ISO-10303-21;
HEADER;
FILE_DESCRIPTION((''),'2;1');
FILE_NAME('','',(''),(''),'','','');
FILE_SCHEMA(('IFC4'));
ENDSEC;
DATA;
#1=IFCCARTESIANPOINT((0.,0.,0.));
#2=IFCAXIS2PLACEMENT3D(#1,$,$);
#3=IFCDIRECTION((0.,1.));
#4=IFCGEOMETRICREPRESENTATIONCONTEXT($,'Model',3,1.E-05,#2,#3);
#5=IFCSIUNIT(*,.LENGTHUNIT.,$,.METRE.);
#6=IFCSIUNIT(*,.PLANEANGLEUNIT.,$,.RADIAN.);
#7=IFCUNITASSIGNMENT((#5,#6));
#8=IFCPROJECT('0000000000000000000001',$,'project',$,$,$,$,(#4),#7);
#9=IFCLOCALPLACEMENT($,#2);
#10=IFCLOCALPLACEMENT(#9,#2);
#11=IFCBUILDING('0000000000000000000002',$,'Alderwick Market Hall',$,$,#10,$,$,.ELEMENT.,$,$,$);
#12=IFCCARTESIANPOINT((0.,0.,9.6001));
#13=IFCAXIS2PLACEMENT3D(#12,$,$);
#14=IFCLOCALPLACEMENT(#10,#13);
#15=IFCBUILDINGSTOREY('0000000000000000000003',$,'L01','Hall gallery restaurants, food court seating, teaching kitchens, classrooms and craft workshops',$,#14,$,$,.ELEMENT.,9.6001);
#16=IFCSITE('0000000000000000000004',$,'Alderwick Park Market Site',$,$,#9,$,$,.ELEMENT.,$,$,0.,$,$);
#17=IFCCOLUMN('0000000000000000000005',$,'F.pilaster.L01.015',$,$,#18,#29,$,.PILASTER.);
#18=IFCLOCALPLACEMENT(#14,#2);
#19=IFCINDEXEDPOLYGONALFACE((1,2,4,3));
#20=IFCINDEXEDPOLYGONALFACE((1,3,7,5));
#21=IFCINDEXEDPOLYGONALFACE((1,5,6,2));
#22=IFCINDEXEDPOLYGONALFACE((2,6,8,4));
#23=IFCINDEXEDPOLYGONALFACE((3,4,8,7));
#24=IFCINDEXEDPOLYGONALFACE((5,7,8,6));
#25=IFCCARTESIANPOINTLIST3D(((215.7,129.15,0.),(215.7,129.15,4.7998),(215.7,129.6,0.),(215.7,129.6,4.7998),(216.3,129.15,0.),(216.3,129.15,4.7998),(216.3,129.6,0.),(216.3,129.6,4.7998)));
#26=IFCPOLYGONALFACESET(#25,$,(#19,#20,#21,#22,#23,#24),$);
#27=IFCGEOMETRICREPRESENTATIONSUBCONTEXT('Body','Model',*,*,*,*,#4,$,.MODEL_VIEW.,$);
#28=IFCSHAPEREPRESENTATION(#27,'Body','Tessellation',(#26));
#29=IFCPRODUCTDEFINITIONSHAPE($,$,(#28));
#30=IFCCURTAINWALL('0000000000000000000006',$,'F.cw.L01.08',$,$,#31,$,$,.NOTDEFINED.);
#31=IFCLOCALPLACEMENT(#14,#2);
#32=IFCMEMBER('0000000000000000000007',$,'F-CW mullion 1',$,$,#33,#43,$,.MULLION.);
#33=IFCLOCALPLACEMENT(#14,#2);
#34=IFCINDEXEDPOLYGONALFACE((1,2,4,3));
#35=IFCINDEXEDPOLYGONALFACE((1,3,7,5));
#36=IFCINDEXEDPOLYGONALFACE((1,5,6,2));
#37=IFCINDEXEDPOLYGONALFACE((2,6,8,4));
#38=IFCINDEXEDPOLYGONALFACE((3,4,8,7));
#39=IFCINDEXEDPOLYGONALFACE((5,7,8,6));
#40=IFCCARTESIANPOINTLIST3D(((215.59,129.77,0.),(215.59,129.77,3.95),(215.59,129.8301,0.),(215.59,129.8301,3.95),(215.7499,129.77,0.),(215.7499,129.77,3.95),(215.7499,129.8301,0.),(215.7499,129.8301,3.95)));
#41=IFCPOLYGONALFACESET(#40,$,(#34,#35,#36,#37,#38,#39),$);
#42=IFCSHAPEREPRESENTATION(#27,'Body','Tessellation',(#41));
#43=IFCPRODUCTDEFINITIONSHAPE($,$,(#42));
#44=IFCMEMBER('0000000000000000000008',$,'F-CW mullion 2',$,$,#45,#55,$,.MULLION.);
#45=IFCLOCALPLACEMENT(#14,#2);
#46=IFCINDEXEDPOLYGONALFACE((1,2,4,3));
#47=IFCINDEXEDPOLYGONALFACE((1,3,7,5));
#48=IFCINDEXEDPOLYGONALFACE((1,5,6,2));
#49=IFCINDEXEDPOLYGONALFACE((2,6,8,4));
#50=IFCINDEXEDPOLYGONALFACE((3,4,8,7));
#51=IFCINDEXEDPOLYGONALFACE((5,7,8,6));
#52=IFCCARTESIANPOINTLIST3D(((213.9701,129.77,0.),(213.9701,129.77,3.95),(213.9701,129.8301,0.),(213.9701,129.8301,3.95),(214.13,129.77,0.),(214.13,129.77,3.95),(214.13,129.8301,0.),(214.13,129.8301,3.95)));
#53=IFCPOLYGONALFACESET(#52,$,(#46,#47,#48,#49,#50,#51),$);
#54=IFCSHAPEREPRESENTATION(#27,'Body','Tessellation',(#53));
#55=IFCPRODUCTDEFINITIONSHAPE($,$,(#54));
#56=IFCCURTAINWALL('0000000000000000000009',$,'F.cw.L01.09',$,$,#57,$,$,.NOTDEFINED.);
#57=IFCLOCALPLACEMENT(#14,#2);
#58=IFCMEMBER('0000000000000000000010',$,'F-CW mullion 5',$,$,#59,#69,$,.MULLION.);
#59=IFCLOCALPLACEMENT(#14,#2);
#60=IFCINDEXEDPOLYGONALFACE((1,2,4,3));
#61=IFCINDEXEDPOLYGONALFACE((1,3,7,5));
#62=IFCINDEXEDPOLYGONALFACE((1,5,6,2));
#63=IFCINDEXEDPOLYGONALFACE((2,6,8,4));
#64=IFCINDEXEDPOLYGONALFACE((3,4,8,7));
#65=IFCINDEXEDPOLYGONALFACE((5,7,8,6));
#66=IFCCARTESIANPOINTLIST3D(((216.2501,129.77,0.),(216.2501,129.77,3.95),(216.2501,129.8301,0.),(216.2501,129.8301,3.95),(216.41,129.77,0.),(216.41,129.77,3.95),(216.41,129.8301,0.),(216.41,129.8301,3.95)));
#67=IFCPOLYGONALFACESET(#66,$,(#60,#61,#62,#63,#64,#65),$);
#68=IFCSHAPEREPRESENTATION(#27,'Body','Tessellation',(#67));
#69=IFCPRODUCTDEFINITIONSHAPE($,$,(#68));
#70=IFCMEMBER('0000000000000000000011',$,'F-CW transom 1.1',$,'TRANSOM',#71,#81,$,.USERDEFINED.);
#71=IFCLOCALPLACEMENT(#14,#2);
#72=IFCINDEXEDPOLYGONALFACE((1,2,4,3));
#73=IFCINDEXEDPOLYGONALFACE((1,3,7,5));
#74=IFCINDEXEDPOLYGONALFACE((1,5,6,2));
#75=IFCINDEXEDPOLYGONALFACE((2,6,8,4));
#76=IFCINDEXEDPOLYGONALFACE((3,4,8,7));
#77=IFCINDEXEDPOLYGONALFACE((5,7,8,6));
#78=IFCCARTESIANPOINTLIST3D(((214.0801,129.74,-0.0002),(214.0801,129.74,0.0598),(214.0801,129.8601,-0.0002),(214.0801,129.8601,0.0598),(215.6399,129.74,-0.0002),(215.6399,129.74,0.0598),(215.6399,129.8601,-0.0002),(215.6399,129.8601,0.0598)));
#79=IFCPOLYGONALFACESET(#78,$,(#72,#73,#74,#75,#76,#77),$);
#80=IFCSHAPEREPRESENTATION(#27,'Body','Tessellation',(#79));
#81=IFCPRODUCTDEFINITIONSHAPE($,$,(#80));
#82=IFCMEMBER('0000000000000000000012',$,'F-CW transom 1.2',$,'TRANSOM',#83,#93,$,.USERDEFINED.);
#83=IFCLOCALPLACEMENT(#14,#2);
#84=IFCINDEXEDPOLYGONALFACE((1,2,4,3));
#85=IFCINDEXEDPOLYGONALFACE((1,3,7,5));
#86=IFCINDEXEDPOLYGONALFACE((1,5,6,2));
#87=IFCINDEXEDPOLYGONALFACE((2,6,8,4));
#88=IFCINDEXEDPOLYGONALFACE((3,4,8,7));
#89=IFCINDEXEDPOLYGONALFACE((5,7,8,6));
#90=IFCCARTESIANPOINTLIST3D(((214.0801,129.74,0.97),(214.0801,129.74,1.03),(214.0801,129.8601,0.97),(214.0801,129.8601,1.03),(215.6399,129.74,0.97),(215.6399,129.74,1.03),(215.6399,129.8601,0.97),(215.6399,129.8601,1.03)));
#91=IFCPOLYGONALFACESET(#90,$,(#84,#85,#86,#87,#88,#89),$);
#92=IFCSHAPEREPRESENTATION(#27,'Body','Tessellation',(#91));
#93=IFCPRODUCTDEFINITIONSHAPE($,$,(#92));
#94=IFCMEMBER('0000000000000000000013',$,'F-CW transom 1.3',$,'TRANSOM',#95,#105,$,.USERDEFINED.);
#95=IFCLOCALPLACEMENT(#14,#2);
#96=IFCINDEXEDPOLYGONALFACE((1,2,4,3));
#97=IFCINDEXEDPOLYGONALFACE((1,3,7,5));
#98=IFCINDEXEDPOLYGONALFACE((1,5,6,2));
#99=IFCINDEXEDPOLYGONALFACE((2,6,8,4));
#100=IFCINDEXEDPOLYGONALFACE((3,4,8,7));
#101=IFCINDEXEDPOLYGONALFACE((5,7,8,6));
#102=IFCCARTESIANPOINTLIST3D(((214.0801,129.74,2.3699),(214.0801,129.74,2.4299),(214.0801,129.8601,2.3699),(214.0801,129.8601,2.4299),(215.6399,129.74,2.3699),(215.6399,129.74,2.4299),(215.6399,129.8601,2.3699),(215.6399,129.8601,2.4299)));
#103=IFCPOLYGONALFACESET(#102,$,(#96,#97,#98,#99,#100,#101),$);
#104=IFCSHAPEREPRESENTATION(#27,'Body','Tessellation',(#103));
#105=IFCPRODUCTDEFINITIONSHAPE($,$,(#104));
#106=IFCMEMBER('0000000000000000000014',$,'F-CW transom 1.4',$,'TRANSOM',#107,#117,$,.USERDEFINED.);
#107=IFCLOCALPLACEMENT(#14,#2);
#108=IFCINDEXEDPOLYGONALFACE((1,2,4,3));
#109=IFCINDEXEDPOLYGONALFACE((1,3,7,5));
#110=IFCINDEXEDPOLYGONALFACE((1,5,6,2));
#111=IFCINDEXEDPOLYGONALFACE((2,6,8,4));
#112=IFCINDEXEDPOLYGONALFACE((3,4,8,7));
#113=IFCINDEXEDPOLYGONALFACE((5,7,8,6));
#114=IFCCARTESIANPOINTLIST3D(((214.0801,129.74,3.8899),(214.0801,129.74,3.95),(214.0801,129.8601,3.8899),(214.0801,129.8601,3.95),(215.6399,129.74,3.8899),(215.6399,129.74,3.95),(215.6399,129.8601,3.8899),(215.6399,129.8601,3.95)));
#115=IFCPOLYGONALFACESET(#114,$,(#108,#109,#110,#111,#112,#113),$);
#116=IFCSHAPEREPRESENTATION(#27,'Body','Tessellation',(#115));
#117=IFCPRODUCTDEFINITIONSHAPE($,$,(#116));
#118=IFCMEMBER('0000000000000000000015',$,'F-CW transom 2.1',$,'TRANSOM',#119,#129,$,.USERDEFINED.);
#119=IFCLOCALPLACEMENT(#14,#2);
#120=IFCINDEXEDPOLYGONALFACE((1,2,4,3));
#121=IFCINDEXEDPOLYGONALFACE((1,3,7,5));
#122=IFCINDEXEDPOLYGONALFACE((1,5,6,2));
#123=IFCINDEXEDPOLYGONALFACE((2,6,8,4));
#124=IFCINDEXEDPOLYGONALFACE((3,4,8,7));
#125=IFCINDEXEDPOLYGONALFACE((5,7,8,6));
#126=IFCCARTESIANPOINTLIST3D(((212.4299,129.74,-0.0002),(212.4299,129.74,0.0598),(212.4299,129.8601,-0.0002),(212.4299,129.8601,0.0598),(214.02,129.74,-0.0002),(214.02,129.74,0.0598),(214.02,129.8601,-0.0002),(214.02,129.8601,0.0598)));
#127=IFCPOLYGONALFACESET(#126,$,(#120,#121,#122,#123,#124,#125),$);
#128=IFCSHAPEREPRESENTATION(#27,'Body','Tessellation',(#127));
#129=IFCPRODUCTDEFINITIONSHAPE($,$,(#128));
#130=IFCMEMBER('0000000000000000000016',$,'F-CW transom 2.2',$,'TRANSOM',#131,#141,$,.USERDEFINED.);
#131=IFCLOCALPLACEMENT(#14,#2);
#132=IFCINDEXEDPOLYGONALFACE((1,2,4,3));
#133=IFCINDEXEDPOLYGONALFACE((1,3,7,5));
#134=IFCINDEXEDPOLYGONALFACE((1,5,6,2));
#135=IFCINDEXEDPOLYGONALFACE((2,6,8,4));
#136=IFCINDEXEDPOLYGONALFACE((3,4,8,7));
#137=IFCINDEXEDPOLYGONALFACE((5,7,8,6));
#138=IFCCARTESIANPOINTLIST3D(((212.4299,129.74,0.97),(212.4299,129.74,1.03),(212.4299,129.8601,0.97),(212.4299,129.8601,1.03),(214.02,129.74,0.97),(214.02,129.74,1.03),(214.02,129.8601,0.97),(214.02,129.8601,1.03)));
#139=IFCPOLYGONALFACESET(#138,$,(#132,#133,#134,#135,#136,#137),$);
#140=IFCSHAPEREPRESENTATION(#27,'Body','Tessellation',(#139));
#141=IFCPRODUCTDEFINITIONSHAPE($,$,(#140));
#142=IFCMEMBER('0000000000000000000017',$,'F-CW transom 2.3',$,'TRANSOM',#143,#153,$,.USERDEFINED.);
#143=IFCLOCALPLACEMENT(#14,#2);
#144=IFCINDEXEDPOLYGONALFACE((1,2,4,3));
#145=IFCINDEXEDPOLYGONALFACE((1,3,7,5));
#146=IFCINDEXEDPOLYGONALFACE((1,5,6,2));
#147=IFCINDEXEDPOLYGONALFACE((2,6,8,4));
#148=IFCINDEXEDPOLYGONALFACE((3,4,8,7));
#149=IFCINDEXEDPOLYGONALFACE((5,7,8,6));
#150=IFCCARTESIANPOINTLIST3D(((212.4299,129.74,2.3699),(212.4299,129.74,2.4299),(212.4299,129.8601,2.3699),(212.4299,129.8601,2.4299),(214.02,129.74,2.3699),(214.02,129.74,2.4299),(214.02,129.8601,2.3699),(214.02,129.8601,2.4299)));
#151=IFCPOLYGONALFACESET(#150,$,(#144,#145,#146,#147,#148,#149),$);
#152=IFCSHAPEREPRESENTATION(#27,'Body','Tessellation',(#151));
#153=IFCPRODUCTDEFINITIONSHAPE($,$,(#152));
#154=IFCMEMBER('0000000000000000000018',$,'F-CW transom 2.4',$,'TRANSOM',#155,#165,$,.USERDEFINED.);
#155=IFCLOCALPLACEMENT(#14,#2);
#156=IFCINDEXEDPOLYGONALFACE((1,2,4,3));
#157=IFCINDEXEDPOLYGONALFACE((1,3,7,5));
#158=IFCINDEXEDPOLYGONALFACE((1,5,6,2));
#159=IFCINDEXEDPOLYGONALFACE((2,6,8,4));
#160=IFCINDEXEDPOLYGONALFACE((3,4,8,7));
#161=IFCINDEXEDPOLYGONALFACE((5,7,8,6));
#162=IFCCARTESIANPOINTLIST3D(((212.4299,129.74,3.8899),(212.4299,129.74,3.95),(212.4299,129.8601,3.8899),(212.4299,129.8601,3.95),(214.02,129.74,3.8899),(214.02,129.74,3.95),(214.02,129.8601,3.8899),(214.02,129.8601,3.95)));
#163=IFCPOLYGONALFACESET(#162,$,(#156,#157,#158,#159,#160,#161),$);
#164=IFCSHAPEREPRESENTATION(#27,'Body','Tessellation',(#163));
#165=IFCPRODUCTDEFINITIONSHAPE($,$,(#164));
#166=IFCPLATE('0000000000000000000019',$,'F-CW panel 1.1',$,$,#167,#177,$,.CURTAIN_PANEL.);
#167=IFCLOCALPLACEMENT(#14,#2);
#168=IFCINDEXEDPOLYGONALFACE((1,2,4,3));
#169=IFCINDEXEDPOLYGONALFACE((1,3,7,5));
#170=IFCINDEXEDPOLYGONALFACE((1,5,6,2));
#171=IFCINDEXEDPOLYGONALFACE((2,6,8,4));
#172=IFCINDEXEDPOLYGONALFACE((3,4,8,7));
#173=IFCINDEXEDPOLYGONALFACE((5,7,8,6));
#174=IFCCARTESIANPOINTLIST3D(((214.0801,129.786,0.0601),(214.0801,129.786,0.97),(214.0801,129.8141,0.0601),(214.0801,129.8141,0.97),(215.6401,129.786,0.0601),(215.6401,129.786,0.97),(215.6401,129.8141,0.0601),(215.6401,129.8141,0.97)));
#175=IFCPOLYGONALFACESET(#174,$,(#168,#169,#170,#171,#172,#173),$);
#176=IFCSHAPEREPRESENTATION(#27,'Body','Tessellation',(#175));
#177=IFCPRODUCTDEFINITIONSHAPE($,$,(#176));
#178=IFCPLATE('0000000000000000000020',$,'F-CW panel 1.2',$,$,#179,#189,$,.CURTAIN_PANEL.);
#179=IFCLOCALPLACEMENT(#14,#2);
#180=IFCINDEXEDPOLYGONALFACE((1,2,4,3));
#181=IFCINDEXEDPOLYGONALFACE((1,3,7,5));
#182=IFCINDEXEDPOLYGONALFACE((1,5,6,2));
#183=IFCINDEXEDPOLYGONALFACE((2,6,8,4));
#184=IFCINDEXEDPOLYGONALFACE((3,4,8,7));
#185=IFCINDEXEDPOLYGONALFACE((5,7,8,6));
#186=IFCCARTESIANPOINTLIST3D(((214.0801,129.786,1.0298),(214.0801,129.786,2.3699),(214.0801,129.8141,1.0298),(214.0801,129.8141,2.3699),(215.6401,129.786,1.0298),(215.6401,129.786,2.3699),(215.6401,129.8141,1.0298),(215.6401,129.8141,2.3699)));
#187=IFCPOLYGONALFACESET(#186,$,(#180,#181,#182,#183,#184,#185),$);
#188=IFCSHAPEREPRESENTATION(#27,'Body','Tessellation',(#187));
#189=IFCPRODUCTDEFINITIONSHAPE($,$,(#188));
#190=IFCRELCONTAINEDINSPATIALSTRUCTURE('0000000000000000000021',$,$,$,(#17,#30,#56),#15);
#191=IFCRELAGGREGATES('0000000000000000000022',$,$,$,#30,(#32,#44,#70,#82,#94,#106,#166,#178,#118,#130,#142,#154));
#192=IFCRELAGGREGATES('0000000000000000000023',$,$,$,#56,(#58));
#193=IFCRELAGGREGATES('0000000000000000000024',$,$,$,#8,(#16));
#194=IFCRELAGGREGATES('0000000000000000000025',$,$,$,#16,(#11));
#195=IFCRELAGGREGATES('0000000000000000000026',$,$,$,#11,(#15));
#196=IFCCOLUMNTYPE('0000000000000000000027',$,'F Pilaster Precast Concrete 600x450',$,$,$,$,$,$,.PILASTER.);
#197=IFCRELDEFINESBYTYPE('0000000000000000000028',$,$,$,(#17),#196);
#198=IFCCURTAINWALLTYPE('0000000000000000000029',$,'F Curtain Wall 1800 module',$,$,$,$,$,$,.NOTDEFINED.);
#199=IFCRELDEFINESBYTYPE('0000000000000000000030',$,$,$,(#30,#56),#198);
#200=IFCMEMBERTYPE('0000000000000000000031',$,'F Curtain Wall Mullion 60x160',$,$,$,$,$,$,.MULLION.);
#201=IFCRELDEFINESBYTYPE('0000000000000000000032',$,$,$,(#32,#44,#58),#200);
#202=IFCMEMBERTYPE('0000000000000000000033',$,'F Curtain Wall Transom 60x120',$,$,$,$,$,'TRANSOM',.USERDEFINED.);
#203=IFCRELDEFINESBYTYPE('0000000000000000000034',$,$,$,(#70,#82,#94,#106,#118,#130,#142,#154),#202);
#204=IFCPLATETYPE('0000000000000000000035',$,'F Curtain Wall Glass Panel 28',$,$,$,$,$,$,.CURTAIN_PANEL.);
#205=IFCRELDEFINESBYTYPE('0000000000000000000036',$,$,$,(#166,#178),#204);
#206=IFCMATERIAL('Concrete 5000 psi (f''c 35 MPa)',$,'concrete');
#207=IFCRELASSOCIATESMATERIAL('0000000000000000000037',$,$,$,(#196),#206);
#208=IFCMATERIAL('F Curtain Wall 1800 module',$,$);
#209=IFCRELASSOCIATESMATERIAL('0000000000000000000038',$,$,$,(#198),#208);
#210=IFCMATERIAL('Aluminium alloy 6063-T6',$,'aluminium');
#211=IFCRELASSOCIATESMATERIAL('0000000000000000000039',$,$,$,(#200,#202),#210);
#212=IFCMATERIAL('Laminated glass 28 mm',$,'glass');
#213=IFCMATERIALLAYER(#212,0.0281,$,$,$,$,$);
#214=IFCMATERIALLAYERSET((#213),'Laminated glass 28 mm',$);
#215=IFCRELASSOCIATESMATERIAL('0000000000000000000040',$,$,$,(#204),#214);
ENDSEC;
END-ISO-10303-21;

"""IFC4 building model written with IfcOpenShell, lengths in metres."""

from ifc_helpers import new_model, si_unit, direction, frame, origin, origin_2d, place, context, subcontext, project, spatial, rectangle, extrude, material, layer, layer_set, material_profile, profile_set, type_object, element, aggregate, save


model = new_model("IFC4")

# Units and contexts
model_context = context("Model", 3, precision=1e-05, world=origin(), true_north=direction((0.0, 1.0)))
body_context = subcontext(model_context, "Body", "Model", "MODEL_VIEW")
ifc_project = project(units=[si_unit("LENGTHUNIT", "METRE"), si_unit("PLANEANGLEUNIT", "RADIAN")], contexts=[model_context])

# Site, building, storey
site_placement = place(None, origin())
site = spatial("IfcSite", under=ifc_project, at=site_placement, Name="Alderwick Park Market Site", CompositionType="ELEMENT", RefElevation=0.0)
building_placement = place(site_placement, origin())
building = spatial("IfcBuilding", under=site, at=building_placement, Name="Alderwick Market Hall", CompositionType="ELEMENT")
storey_placement = place(building_placement, frame((0.0, 0.0, 9.6001)))
storey = spatial("IfcBuildingStorey", under=building, at=storey_placement, Name="L01", Description="Hall gallery restaurants, food court seating, teaching kitchens, classrooms and craft workshops", CompositionType="ELEMENT", Elevation=9.6001)

# Column
ifc_material_1 = material(Name="Concrete 5000 psi (f'c 35 MPa)", Category="concrete")
ifc_material_profile_1 = material_profile(ifc_material_1, rectangle(XDim=0.6001, YDim=0.45, at=origin_2d()), Name="PC 600x450")
ifc_profile_set_1 = profile_set([ifc_material_profile_1], Name="Concrete 5000 psi (f'c 35 MPa)")
column_type = type_object("IfcColumnType", Name="F Pilaster Precast Concrete 600x450", PredefinedType="PILASTER", material=ifc_profile_set_1)
column_placement = place(storey_placement, frame((216.0, 129.375, 0.0), z_axis=(0.0, 0.0, 1.0), x_axis=(1.0, 0.0, 0.0)))
element("IfcColumn", 1, at=column_placement, inside=storey, type_object=column_type, Name="F.pilaster.L01.015", PredefinedType="PILASTER", context=body_context, shape_type="SweptSolid", body=[
    extrude(rectangle(XDim=0.6001, YDim=0.45, at=origin_2d()), origin(), (0.0, 0.0, 1.0), 4.7998),
])

# Curtain wall, members
ifc_material_2 = material(Name="F Curtain Wall 1800 module")
curtain_wall_type = type_object("IfcCurtainWallType", Name="F Curtain Wall 1800 module", PredefinedType="NOTDEFINED", material=ifc_material_2)
curtain_wall_1_placement = place(storey_placement, origin())
curtain_wall_1 = element("IfcCurtainWall", 2, at=curtain_wall_1_placement, inside=storey, type_object=curtain_wall_type, Name="F.cw.L01.08", PredefinedType="NOTDEFINED")
ifc_material_3 = material(Name="Aluminium alloy 6063-T6", Category="aluminium")
ifc_material_profile_2 = material_profile(ifc_material_3, rectangle(XDim=0.0601, YDim=0.1599, at=origin_2d()), Name="AL 60x160")
ifc_profile_set_2 = profile_set([ifc_material_profile_2], Name="Aluminium alloy 6063-T6")
member_type_1 = type_object("IfcMemberType", Name="F Curtain Wall Mullion 60x160", PredefinedType="MULLION", material=ifc_profile_set_2)
member_1_placement = place(storey_placement, frame((215.6699, 129.8, 0.0), z_axis=(0.0, 0.0, 1.0), x_axis=(0.0, -1.0, 0.0)))
member_1 = element("IfcMember", 3, at=member_1_placement, type_object=member_type_1, Name="F-CW mullion 1", PredefinedType="MULLION", context=body_context, shape_type="SweptSolid", body=[
    extrude(rectangle(XDim=0.0601, YDim=0.1599, at=origin_2d()), origin(), (0.0, 0.0, 1.0), 3.95),
])
member_2_placement = place(storey_placement, frame((214.05, 129.8, 0.0), z_axis=(0.0, 0.0, 1.0), x_axis=(0.0, -1.0, 0.0)))
member_2 = element("IfcMember", 4, at=member_2_placement, type_object=member_type_1, Name="F-CW mullion 2", PredefinedType="MULLION", context=body_context, shape_type="SweptSolid", body=[
    extrude(rectangle(XDim=0.0601, YDim=0.1599, at=origin_2d()), origin(), (0.0, 0.0, 1.0), 3.95),
])

# Curtain wall, member
curtain_wall_2_placement = place(storey_placement, origin())
curtain_wall_2 = element("IfcCurtainWall", 5, at=curtain_wall_2_placement, inside=storey, type_object=curtain_wall_type, Name="F.cw.L01.09", PredefinedType="NOTDEFINED")
member_3_placement = place(storey_placement, frame((216.3301, 129.8, 0.0), z_axis=(0.0, 0.0, 1.0), x_axis=(0.0, -1.0, 0.0)))
member_3 = element("IfcMember", 6, at=member_3_placement, type_object=member_type_1, Name="F-CW mullion 5", PredefinedType="MULLION", context=body_context, shape_type="SweptSolid", body=[
    extrude(rectangle(XDim=0.0601, YDim=0.1599, at=origin_2d()), origin(), (0.0, 0.0, 1.0), 3.95),
])

# Members
ifc_material_profile_3 = material_profile(ifc_material_3, rectangle(XDim=0.1201, YDim=0.0601, at=origin_2d()), Name="AL 60x120")
ifc_profile_set_3 = profile_set([ifc_material_profile_3], Name="Aluminium alloy 6063-T6")
member_type_2 = type_object("IfcMemberType", Name="F Curtain Wall Transom 60x120", ElementType="TRANSOM", PredefinedType="USERDEFINED", material=ifc_profile_set_3)
member_4_placement = place(storey_placement, frame((215.6399, 129.8, 0.0298), z_axis=(-1.0, 0.0, 0.0), x_axis=(0.0, -1.0, 0.0)))
member_4 = element("IfcMember", 7, at=member_4_placement, type_object=member_type_2, Name="F-CW transom 1.1", ObjectType="TRANSOM", PredefinedType="USERDEFINED", context=body_context, shape_type="SweptSolid", body=[
    extrude(rectangle(XDim=0.1201, YDim=0.0601, at=origin_2d()), origin(), (0.0, 0.0, 1.0), 1.5598),
])
member_5_placement = place(storey_placement, frame((215.6399, 129.8, 1.0), z_axis=(-1.0, 0.0, 0.0), x_axis=(0.0, -1.0, 0.0)))
member_5 = element("IfcMember", 8, at=member_5_placement, type_object=member_type_2, Name="F-CW transom 1.2", ObjectType="TRANSOM", PredefinedType="USERDEFINED", context=body_context, shape_type="SweptSolid", body=[
    extrude(rectangle(XDim=0.1201, YDim=0.0601, at=origin_2d()), origin(), (0.0, 0.0, 1.0), 1.5598),
])
member_6_placement = place(storey_placement, frame((215.6399, 129.8, 2.3999), z_axis=(-1.0, 0.0, 0.0), x_axis=(0.0, -1.0, 0.0)))
member_6 = element("IfcMember", 9, at=member_6_placement, type_object=member_type_2, Name="F-CW transom 1.3", ObjectType="TRANSOM", PredefinedType="USERDEFINED", context=body_context, shape_type="SweptSolid", body=[
    extrude(rectangle(XDim=0.1201, YDim=0.0601, at=origin_2d()), origin(), (0.0, 0.0, 1.0), 1.5598),
])
member_7_placement = place(storey_placement, frame((215.6399, 129.8, 3.9199), z_axis=(-1.0, 0.0, 0.0), x_axis=(0.0, -1.0, 0.0)))
member_7 = element("IfcMember", 10, at=member_7_placement, type_object=member_type_2, Name="F-CW transom 1.4", ObjectType="TRANSOM", PredefinedType="USERDEFINED", context=body_context, shape_type="SweptSolid", body=[
    extrude(rectangle(XDim=0.1201, YDim=0.0601, at=origin_2d()), origin(), (0.0, 0.0, 1.0), 1.5598),
])
member_8_placement = place(storey_placement, frame((214.02, 129.8, 0.0298), z_axis=(-1.0, 0.0, 0.0), x_axis=(0.0, -1.0, 0.0)))
member_8 = element("IfcMember", 11, at=member_8_placement, type_object=member_type_2, Name="F-CW transom 2.1", ObjectType="TRANSOM", PredefinedType="USERDEFINED", context=body_context, shape_type="SweptSolid", body=[
    extrude(rectangle(XDim=0.1201, YDim=0.0601, at=origin_2d()), origin(), (0.0, 0.0, 1.0), 1.5901),
])
member_9_placement = place(storey_placement, frame((214.02, 129.8, 1.0), z_axis=(-1.0, 0.0, 0.0), x_axis=(0.0, -1.0, 0.0)))
member_9 = element("IfcMember", 12, at=member_9_placement, type_object=member_type_2, Name="F-CW transom 2.2", ObjectType="TRANSOM", PredefinedType="USERDEFINED", context=body_context, shape_type="SweptSolid", body=[
    extrude(rectangle(XDim=0.1201, YDim=0.0601, at=origin_2d()), origin(), (0.0, 0.0, 1.0), 1.5901),
])
member_10_placement = place(storey_placement, frame((214.02, 129.8, 2.3999), z_axis=(-1.0, 0.0, 0.0), x_axis=(0.0, -1.0, 0.0)))
member_10 = element("IfcMember", 13, at=member_10_placement, type_object=member_type_2, Name="F-CW transom 2.3", ObjectType="TRANSOM", PredefinedType="USERDEFINED", context=body_context, shape_type="SweptSolid", body=[
    extrude(rectangle(XDim=0.1201, YDim=0.0601, at=origin_2d()), origin(), (0.0, 0.0, 1.0), 1.5901),
])
member_11_placement = place(storey_placement, frame((214.02, 129.8, 3.9199), z_axis=(-1.0, 0.0, 0.0), x_axis=(0.0, -1.0, 0.0)))
member_11 = element("IfcMember", 14, at=member_11_placement, type_object=member_type_2, Name="F-CW transom 2.4", ObjectType="TRANSOM", PredefinedType="USERDEFINED", context=body_context, shape_type="SweptSolid", body=[
    extrude(rectangle(XDim=0.1201, YDim=0.0601, at=origin_2d()), origin(), (0.0, 0.0, 1.0), 1.5901),
])

# Plates
ifc_material_4 = material(Name="Laminated glass 28 mm", Category="glass")
ifc_layer = layer(ifc_material_4, 0.0281)
ifc_layer_set = layer_set([ifc_layer], Name="Laminated glass 28 mm")
plate_type = type_object("IfcPlateType", Name="F Curtain Wall Glass Panel 28", PredefinedType="CURTAIN_PANEL", material=ifc_layer_set)
plate_1_placement = place(storey_placement, frame((214.8601, 129.8, 0.0601), z_axis=(0.0, 0.0, 1.0), x_axis=(-1.0, 0.0, 0.0)))
plate_1 = element("IfcPlate", 15, at=plate_1_placement, type_object=plate_type, Name="F-CW panel 1.1", PredefinedType="CURTAIN_PANEL", context=body_context, shape_type="SweptSolid", body=[
    extrude(rectangle(XDim=1.5601, YDim=0.0281, at=origin_2d()), origin(), (0.0, 0.0, 1.0), 0.9099),
])
plate_2_placement = place(storey_placement, frame((214.8601, 129.8, 1.0298), z_axis=(0.0, 0.0, 1.0), x_axis=(-1.0, 0.0, 0.0)))
plate_2 = element("IfcPlate", 16, at=plate_2_placement, type_object=plate_type, Name="F-CW panel 1.2", PredefinedType="CURTAIN_PANEL", context=body_context, shape_type="SweptSolid", body=[
    extrude(rectangle(XDim=1.5601, YDim=0.0281, at=origin_2d()), origin(), (0.0, 0.0, 1.0), 1.3401),
])
aggregate(curtain_wall_1, [member_1, member_2, member_4, member_5, member_6, member_7, plate_1, plate_2, member_8, member_9, member_10, member_11])
aggregate(curtain_wall_2, [member_3])

save(model, "model.ifc")
